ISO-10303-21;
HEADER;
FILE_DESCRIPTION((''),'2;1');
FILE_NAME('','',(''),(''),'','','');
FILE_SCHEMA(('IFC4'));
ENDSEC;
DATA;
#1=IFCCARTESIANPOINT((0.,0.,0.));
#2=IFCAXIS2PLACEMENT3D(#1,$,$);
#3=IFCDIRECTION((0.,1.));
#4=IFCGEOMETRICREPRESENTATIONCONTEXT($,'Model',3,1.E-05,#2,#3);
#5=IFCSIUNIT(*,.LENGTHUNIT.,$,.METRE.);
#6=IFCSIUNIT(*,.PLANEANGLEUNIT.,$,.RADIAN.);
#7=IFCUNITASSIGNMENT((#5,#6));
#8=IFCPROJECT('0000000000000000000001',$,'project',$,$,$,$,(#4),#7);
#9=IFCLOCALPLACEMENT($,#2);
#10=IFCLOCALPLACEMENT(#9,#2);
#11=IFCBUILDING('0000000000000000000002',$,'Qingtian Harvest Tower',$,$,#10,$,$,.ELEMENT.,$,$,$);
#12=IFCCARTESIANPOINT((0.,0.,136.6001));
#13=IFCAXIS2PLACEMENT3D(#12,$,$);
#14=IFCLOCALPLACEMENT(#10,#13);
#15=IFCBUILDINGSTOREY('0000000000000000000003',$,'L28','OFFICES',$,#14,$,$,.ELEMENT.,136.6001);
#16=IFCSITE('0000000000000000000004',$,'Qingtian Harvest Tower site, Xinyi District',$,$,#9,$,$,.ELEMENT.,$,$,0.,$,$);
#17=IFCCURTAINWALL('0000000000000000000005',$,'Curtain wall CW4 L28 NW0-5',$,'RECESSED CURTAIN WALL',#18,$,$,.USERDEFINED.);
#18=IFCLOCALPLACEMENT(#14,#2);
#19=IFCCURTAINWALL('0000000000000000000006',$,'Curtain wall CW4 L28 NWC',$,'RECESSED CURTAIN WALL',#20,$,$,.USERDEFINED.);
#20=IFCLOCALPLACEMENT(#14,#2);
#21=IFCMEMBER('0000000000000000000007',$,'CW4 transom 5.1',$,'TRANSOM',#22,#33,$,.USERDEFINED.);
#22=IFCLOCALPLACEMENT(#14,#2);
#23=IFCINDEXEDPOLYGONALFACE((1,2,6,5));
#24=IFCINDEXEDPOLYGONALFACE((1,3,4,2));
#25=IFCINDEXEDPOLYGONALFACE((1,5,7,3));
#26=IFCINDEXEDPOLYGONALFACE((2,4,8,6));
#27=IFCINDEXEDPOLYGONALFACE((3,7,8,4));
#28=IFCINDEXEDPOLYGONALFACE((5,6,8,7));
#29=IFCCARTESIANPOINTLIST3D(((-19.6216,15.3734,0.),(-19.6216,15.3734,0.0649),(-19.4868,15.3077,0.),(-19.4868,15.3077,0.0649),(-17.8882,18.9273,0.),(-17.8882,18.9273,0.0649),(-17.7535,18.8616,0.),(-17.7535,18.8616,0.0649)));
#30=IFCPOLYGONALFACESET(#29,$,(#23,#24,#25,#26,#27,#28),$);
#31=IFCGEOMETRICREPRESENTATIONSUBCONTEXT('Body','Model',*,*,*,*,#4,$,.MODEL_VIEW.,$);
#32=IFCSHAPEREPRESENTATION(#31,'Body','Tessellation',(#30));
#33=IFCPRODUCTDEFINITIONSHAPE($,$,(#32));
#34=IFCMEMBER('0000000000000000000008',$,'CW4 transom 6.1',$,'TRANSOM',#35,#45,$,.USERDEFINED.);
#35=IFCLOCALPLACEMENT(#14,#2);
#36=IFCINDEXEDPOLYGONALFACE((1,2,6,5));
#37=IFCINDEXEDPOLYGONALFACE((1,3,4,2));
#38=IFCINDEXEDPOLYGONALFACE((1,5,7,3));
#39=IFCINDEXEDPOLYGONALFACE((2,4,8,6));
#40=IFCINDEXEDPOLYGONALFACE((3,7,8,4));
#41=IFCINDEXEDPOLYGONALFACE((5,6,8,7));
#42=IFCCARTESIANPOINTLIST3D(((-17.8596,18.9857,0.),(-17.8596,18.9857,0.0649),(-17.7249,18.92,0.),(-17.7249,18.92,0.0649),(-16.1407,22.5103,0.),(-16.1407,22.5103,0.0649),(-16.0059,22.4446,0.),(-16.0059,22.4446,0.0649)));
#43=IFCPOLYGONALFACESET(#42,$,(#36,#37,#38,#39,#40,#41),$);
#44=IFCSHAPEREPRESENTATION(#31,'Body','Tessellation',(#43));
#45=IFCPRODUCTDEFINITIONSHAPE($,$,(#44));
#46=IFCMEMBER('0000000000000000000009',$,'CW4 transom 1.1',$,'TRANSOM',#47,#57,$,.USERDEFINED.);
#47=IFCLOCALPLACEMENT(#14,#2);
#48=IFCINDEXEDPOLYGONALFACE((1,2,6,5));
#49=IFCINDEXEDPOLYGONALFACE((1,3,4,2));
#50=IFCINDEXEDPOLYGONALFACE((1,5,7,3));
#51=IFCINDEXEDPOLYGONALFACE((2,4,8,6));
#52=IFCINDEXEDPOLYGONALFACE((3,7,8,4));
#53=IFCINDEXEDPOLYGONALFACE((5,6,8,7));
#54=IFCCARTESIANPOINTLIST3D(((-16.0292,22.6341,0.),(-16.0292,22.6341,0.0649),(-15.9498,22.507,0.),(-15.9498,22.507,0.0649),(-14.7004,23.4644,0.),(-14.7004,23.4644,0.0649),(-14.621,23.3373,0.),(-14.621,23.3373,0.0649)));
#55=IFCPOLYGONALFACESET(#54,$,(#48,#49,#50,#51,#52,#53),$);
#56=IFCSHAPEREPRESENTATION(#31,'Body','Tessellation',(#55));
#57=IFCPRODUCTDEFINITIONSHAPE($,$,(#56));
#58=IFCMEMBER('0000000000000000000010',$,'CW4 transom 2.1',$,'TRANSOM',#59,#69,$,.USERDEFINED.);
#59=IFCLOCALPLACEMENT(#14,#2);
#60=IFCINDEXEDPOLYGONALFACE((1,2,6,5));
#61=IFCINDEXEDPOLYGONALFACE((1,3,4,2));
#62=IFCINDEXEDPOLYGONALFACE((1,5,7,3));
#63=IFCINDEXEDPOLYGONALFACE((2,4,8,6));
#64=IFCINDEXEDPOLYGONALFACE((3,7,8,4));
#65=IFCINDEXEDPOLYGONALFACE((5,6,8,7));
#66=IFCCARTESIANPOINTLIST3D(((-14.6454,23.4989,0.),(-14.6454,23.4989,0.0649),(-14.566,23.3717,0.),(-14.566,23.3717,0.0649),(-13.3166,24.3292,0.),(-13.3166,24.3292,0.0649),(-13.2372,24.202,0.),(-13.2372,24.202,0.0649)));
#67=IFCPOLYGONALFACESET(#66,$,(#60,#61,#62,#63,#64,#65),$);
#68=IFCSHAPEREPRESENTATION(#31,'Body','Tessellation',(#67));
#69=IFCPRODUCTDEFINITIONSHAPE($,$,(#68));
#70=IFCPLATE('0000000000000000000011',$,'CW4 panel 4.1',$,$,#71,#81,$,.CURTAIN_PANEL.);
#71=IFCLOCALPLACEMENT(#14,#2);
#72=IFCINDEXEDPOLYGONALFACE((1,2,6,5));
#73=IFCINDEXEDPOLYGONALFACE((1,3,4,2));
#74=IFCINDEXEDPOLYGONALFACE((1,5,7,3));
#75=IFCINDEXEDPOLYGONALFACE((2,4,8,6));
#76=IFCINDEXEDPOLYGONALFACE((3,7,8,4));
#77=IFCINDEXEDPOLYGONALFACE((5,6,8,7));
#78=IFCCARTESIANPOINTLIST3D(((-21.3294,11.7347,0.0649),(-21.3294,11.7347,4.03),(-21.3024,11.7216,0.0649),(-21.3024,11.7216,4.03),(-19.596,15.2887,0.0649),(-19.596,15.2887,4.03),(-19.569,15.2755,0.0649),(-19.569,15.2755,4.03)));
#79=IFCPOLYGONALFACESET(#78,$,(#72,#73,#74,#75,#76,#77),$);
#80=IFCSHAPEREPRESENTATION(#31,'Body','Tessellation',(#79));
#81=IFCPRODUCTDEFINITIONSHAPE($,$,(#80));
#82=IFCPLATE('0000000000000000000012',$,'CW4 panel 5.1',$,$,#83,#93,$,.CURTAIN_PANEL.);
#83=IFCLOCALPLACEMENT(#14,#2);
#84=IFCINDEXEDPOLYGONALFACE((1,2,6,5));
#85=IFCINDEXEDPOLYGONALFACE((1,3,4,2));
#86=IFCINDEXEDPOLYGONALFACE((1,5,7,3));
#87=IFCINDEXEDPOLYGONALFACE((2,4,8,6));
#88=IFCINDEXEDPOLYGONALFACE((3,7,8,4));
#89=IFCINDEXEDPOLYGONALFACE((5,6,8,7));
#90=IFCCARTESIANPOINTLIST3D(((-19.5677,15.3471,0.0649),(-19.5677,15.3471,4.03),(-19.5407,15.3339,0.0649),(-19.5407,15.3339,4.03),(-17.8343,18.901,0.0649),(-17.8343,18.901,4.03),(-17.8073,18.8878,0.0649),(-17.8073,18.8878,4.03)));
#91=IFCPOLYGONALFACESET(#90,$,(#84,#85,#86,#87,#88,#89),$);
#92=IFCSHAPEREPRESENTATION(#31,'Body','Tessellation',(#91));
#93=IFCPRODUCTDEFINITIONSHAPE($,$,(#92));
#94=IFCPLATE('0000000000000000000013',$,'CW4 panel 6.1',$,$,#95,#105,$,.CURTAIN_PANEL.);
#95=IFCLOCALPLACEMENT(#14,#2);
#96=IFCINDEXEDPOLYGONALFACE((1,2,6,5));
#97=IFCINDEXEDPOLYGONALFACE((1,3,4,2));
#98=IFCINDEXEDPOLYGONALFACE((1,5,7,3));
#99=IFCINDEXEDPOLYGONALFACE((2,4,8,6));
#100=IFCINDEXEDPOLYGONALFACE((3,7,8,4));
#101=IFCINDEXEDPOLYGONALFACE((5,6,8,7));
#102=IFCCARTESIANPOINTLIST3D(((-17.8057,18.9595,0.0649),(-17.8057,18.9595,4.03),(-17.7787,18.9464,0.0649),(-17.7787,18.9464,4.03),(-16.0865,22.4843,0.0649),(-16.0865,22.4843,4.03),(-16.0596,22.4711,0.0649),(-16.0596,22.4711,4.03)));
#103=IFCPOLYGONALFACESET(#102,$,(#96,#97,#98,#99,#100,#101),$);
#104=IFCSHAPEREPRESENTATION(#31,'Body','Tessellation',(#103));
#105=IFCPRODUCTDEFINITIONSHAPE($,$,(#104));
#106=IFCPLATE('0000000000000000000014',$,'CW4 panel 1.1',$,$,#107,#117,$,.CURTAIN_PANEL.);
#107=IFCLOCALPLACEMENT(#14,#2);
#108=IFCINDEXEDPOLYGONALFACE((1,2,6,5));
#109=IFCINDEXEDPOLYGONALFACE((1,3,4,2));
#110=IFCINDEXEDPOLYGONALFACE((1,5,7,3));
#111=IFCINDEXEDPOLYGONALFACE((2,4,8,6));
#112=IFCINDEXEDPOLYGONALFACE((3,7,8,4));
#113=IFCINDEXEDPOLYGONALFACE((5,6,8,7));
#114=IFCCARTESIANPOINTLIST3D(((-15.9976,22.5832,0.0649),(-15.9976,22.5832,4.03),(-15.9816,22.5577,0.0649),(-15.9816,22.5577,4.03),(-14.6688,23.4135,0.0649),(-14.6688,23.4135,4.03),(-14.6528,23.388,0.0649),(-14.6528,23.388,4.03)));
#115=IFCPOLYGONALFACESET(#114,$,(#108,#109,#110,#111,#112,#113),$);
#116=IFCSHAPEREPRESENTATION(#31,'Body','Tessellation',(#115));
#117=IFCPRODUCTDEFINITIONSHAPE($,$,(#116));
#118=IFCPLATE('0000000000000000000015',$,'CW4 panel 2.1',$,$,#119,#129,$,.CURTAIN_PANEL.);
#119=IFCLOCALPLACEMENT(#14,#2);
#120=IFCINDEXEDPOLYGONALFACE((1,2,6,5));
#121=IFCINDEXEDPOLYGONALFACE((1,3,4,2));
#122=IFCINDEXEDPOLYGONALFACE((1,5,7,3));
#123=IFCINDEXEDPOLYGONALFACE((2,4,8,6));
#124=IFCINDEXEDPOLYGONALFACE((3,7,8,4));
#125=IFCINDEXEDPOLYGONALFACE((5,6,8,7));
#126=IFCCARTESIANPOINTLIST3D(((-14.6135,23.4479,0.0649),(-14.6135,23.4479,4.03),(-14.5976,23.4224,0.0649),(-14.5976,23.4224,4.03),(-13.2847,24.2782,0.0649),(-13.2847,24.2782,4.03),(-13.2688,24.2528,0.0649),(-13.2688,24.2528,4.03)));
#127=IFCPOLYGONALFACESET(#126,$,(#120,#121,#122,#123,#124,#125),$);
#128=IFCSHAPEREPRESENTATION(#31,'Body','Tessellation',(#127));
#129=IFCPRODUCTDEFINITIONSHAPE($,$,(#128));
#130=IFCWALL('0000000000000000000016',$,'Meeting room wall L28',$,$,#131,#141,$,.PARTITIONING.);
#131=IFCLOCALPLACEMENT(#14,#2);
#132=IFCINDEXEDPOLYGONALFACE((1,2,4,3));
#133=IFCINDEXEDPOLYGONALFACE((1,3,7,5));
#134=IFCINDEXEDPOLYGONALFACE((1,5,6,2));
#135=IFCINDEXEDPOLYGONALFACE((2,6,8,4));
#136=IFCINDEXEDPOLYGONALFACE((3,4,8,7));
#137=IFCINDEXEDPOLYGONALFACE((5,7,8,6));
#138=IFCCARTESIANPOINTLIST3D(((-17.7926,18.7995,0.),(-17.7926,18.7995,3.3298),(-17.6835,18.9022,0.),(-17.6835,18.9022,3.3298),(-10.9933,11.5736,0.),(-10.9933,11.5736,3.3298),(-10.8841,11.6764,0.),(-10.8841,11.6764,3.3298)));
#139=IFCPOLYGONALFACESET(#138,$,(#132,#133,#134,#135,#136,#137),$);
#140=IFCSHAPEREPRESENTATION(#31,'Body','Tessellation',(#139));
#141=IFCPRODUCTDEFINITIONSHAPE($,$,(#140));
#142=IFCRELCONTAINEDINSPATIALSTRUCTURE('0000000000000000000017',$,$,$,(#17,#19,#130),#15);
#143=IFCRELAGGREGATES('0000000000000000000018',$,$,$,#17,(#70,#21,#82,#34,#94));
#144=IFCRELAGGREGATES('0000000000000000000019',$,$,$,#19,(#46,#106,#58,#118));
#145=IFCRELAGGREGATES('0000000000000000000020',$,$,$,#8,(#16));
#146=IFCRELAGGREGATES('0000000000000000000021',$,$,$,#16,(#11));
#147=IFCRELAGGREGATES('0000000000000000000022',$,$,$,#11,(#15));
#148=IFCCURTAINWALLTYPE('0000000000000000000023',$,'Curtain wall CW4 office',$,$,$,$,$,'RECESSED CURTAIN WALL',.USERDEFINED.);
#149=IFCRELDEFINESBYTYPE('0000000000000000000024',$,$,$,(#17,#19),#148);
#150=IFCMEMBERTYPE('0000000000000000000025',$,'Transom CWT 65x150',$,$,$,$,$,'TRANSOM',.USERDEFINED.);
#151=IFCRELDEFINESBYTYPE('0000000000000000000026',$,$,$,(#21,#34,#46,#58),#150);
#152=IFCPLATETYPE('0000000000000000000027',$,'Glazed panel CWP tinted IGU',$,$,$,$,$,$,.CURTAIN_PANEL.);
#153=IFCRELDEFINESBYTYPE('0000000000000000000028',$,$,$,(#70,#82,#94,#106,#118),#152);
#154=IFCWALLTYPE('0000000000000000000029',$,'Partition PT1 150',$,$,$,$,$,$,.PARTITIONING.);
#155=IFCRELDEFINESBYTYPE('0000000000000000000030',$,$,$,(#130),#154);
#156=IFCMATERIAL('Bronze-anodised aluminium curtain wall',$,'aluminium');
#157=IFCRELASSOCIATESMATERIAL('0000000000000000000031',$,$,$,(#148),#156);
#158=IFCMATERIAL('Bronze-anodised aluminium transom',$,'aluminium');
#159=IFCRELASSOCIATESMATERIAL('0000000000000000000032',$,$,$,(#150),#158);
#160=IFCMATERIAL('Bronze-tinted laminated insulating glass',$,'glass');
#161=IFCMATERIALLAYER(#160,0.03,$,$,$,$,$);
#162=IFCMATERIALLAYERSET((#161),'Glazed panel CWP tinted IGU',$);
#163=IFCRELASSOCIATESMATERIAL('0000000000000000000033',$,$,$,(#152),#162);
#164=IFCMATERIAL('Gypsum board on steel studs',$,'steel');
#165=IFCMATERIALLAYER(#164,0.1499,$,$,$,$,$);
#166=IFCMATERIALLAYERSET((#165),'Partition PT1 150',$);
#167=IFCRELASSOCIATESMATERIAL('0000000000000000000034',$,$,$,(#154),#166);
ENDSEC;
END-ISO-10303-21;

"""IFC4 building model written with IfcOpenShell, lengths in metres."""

from ifc_helpers import new_model, si_unit, direction, frame, frame_2d, origin, origin_2d, place, context, subcontext, project, spatial, rectangle, extrude, material, layer, layer_set, material_profile, profile_set, type_object, element, aggregate, save


model = new_model("IFC4")

# Units and contexts
model_context = context("Model", 3, precision=1e-05, world=origin(), true_north=direction((0.0, 1.0)))
body_context = subcontext(model_context, "Body", "Model", "MODEL_VIEW")
ifc_project = project(units=[si_unit("LENGTHUNIT", "METRE"), si_unit("PLANEANGLEUNIT", "RADIAN")], contexts=[model_context])

# Site, building, storey
site_placement = place(None, origin())
site = spatial("IfcSite", under=ifc_project, at=site_placement, Name="Qingtian Harvest Tower site, Xinyi District", CompositionType="ELEMENT", RefElevation=0.0)
building_placement = place(site_placement, origin())
building = spatial("IfcBuilding", under=site, at=building_placement, Name="Qingtian Harvest Tower", CompositionType="ELEMENT")
storey_placement = place(building_placement, frame((0.0, 0.0, 136.6001)))
storey = spatial("IfcBuildingStorey", under=building, at=storey_placement, Name="L28", Description="OFFICES", CompositionType="ELEMENT", Elevation=136.6001)

# Curtain walls
ifc_material_1 = material(Name="Bronze-anodised aluminium curtain wall", Category="aluminium")
curtain_wall_type = type_object("IfcCurtainWallType", Name="Curtain wall CW4 office", ElementType="RECESSED CURTAIN WALL", PredefinedType="USERDEFINED", material=ifc_material_1)
curtain_wall_1_placement = place(storey_placement, origin())
curtain_wall_1 = element("IfcCurtainWall", 1, at=curtain_wall_1_placement, inside=storey, type_object=curtain_wall_type, Name="Curtain wall CW4 L28 NW0-5", ObjectType="RECESSED CURTAIN WALL", PredefinedType="USERDEFINED")
curtain_wall_2_placement = place(storey_placement, origin())
curtain_wall_2 = element("IfcCurtainWall", 2, at=curtain_wall_2_placement, inside=storey, type_object=curtain_wall_type, Name="Curtain wall CW4 L28 NWC", ObjectType="RECESSED CURTAIN WALL", PredefinedType="USERDEFINED")

# Members
ifc_material_2 = material(Name="Bronze-anodised aluminium transom", Category="aluminium")
ifc_material_profile_1 = material_profile(ifc_material_2, rectangle(XDim=0.1499, YDim=0.0649, at=origin_2d()), Name="AL 65x150")
ifc_profile_set_1 = profile_set([ifc_material_profile_1], Name="Bronze-anodised aluminium transom")
member_type_1 = type_object("IfcMemberType", Name="Transom CWT 65x150", ElementType="TRANSOM", PredefinedType="USERDEFINED", material=ifc_profile_set_1)
member_1_placement = place(storey_placement, frame((-19.5542, 15.3406, 0.0325), z_axis=(0.438375, 0.898792, 0.0), x_axis=(-0.898792, 0.438375, 0.0)))
member_1 = element("IfcMember", 3, at=member_1_placement, type_object=member_type_1, Name="CW4 transom 5.1", ObjectType="TRANSOM", PredefinedType="USERDEFINED", context=body_context, shape_type="SweptSolid", body=[
    extrude(rectangle(XDim=0.1499, YDim=0.0649, at=origin_2d()), origin(), (0.0, 0.0, 1.0), 3.9541),
])
member_2_placement = place(storey_placement, frame((-17.7922, 18.9529, 0.0325), z_axis=(0.438351, 0.898804, 0.0), x_axis=(-0.898804, 0.438351, 0.0)))
member_2 = element("IfcMember", 4, at=member_2_placement, type_object=member_type_1, Name="CW4 transom 6.1", ObjectType="TRANSOM", PredefinedType="USERDEFINED", context=body_context, shape_type="SweptSolid", body=[
    extrude(rectangle(XDim=0.1499, YDim=0.0649, at=origin_2d()), origin(), (0.0, 0.0, 1.0), 3.9214),
])
member_3_placement = place(storey_placement, frame((-15.9895, 22.5706, 0.0325), z_axis=(0.84806, 0.529901, 0.0), x_axis=(-0.529901, 0.84806, 0.0)))
member_3 = element("IfcMember", 5, at=member_3_placement, type_object=member_type_1, Name="CW4 transom 1.1", ObjectType="TRANSOM", PredefinedType="USERDEFINED", context=body_context, shape_type="SweptSolid", body=[
    extrude(rectangle(XDim=0.1499, YDim=0.0649, at=origin_2d()), origin(), (0.0, 0.0, 1.0), 1.5669),
])
member_4_placement = place(storey_placement, frame((-14.6057, 23.4353, 0.0325), z_axis=(0.84806, 0.529901, 0.0), x_axis=(-0.529901, 0.84806, 0.0)))
member_4 = element("IfcMember", 6, at=member_4_placement, type_object=member_type_1, Name="CW4 transom 2.1", ObjectType="TRANSOM", PredefinedType="USERDEFINED", context=body_context, shape_type="SweptSolid", body=[
    extrude(rectangle(XDim=0.1499, YDim=0.0649, at=origin_2d()), origin(), (0.0, 0.0, 1.0), 1.5669),
])

# Plates
ifc_material_3 = material(Name="Bronze-tinted laminated insulating glass", Category="glass")
ifc_layer_1 = layer(ifc_material_3, 0.03)
ifc_layer_set_1 = layer_set([ifc_layer_1], Name="Glazed panel CWP tinted IGU")
plate_type = type_object("IfcPlateType", Name="Glazed panel CWP tinted IGU", PredefinedType="CURTAIN_PANEL", material=ifc_layer_set_1)
plate_1_placement = place(storey_placement, frame((-20.4492, 13.5051, 0.0649), z_axis=(0.0, 0.0, 1.0), x_axis=(0.438371, 0.898794, 0.0)))
plate_1 = element("IfcPlate", 7, at=plate_1_placement, type_object=plate_type, Name="CW4 panel 4.1", PredefinedType="CURTAIN_PANEL", context=body_context, shape_type="SweptSolid", body=[
    extrude(rectangle(XDim=3.9541, YDim=0.03, at=origin_2d()), origin(), (0.0, 0.0, 1.0), 3.9651),
])
plate_2_placement = place(storey_placement, frame((-18.6875, 17.1174, 0.0649), z_axis=(0.0, 0.0, 1.0), x_axis=(0.438371, 0.898794, 0.0)))
plate_2 = element("IfcPlate", 8, at=plate_2_placement, type_object=plate_type, Name="CW4 panel 5.1", PredefinedType="CURTAIN_PANEL", context=body_context, shape_type="SweptSolid", body=[
    extrude(rectangle(XDim=3.9541, YDim=0.03, at=origin_2d()), origin(), (0.0, 0.0, 1.0), 3.9651),
])
plate_3_placement = place(storey_placement, frame((-16.9326, 20.7153, 0.0649), z_axis=(0.0, 0.0, 1.0), x_axis=(0.438371, 0.898794, 0.0)))
plate_3 = element("IfcPlate", 9, at=plate_3_placement, type_object=plate_type, Name="CW4 panel 6.1", PredefinedType="CURTAIN_PANEL", context=body_context, shape_type="SweptSolid", body=[
    extrude(rectangle(XDim=3.9216, YDim=0.03, at=origin_2d()), origin(), (0.0, 0.0, 1.0), 3.9651),
])
aggregate(curtain_wall_1, [plate_1, member_1, plate_2, member_2, plate_3])
plate_4_placement = place(storey_placement, frame((-15.3252, 22.9856, 0.0649), z_axis=(0.0, 0.0, 1.0), x_axis=(0.848048, 0.529919, 0.0)))
plate_4 = element("IfcPlate", 10, at=plate_4_placement, type_object=plate_type, Name="CW4 panel 1.1", PredefinedType="CURTAIN_PANEL", context=body_context, shape_type="SweptSolid", body=[
    extrude(rectangle(XDim=1.5669, YDim=0.03, at=origin_2d()), origin(), (0.0, 0.0, 1.0), 3.9651),
])
plate_5_placement = place(storey_placement, frame((-13.9412, 23.8503, 0.0649), z_axis=(0.0, 0.0, 1.0), x_axis=(0.848048, 0.529919, 0.0)))
plate_5 = element("IfcPlate", 11, at=plate_5_placement, type_object=plate_type, Name="CW4 panel 2.1", PredefinedType="CURTAIN_PANEL", context=body_context, shape_type="SweptSolid", body=[
    extrude(rectangle(XDim=1.5669, YDim=0.03, at=origin_2d()), origin(), (0.0, 0.0, 1.0), 3.9651),
])
aggregate(curtain_wall_2, [member_3, plate_4, member_4, plate_5])

# Wall
ifc_material_4 = material(Name="Gypsum board on steel studs", Category="steel")
ifc_layer_2 = layer(ifc_material_4, 0.1499)
ifc_layer_set_2 = layer_set([ifc_layer_2], Name="Partition PT1 150")
wall_type = type_object("IfcWallType", Name="Partition PT1 150", PredefinedType="PARTITIONING", material=ifc_layer_set_2)
wall_placement = place(storey_placement, frame((-17.738, 18.8508, 0.0), z_axis=(0.0, 0.0, 1.0), x_axis=(0.685286, -0.728274, 0.0)))
element("IfcWall", 12, at=wall_placement, inside=storey, type_object=wall_type, Name="Meeting room wall L28", PredefinedType="PARTITIONING", context=body_context, shape_type="SweptSolid", body=[
    extrude(rectangle(XDim=9.9219, YDim=0.1499, at=frame_2d((4.9609, 0.0))), origin(), (0.0, 0.0, 1.0), 3.3298),
])

save(model, "model.ifc")
